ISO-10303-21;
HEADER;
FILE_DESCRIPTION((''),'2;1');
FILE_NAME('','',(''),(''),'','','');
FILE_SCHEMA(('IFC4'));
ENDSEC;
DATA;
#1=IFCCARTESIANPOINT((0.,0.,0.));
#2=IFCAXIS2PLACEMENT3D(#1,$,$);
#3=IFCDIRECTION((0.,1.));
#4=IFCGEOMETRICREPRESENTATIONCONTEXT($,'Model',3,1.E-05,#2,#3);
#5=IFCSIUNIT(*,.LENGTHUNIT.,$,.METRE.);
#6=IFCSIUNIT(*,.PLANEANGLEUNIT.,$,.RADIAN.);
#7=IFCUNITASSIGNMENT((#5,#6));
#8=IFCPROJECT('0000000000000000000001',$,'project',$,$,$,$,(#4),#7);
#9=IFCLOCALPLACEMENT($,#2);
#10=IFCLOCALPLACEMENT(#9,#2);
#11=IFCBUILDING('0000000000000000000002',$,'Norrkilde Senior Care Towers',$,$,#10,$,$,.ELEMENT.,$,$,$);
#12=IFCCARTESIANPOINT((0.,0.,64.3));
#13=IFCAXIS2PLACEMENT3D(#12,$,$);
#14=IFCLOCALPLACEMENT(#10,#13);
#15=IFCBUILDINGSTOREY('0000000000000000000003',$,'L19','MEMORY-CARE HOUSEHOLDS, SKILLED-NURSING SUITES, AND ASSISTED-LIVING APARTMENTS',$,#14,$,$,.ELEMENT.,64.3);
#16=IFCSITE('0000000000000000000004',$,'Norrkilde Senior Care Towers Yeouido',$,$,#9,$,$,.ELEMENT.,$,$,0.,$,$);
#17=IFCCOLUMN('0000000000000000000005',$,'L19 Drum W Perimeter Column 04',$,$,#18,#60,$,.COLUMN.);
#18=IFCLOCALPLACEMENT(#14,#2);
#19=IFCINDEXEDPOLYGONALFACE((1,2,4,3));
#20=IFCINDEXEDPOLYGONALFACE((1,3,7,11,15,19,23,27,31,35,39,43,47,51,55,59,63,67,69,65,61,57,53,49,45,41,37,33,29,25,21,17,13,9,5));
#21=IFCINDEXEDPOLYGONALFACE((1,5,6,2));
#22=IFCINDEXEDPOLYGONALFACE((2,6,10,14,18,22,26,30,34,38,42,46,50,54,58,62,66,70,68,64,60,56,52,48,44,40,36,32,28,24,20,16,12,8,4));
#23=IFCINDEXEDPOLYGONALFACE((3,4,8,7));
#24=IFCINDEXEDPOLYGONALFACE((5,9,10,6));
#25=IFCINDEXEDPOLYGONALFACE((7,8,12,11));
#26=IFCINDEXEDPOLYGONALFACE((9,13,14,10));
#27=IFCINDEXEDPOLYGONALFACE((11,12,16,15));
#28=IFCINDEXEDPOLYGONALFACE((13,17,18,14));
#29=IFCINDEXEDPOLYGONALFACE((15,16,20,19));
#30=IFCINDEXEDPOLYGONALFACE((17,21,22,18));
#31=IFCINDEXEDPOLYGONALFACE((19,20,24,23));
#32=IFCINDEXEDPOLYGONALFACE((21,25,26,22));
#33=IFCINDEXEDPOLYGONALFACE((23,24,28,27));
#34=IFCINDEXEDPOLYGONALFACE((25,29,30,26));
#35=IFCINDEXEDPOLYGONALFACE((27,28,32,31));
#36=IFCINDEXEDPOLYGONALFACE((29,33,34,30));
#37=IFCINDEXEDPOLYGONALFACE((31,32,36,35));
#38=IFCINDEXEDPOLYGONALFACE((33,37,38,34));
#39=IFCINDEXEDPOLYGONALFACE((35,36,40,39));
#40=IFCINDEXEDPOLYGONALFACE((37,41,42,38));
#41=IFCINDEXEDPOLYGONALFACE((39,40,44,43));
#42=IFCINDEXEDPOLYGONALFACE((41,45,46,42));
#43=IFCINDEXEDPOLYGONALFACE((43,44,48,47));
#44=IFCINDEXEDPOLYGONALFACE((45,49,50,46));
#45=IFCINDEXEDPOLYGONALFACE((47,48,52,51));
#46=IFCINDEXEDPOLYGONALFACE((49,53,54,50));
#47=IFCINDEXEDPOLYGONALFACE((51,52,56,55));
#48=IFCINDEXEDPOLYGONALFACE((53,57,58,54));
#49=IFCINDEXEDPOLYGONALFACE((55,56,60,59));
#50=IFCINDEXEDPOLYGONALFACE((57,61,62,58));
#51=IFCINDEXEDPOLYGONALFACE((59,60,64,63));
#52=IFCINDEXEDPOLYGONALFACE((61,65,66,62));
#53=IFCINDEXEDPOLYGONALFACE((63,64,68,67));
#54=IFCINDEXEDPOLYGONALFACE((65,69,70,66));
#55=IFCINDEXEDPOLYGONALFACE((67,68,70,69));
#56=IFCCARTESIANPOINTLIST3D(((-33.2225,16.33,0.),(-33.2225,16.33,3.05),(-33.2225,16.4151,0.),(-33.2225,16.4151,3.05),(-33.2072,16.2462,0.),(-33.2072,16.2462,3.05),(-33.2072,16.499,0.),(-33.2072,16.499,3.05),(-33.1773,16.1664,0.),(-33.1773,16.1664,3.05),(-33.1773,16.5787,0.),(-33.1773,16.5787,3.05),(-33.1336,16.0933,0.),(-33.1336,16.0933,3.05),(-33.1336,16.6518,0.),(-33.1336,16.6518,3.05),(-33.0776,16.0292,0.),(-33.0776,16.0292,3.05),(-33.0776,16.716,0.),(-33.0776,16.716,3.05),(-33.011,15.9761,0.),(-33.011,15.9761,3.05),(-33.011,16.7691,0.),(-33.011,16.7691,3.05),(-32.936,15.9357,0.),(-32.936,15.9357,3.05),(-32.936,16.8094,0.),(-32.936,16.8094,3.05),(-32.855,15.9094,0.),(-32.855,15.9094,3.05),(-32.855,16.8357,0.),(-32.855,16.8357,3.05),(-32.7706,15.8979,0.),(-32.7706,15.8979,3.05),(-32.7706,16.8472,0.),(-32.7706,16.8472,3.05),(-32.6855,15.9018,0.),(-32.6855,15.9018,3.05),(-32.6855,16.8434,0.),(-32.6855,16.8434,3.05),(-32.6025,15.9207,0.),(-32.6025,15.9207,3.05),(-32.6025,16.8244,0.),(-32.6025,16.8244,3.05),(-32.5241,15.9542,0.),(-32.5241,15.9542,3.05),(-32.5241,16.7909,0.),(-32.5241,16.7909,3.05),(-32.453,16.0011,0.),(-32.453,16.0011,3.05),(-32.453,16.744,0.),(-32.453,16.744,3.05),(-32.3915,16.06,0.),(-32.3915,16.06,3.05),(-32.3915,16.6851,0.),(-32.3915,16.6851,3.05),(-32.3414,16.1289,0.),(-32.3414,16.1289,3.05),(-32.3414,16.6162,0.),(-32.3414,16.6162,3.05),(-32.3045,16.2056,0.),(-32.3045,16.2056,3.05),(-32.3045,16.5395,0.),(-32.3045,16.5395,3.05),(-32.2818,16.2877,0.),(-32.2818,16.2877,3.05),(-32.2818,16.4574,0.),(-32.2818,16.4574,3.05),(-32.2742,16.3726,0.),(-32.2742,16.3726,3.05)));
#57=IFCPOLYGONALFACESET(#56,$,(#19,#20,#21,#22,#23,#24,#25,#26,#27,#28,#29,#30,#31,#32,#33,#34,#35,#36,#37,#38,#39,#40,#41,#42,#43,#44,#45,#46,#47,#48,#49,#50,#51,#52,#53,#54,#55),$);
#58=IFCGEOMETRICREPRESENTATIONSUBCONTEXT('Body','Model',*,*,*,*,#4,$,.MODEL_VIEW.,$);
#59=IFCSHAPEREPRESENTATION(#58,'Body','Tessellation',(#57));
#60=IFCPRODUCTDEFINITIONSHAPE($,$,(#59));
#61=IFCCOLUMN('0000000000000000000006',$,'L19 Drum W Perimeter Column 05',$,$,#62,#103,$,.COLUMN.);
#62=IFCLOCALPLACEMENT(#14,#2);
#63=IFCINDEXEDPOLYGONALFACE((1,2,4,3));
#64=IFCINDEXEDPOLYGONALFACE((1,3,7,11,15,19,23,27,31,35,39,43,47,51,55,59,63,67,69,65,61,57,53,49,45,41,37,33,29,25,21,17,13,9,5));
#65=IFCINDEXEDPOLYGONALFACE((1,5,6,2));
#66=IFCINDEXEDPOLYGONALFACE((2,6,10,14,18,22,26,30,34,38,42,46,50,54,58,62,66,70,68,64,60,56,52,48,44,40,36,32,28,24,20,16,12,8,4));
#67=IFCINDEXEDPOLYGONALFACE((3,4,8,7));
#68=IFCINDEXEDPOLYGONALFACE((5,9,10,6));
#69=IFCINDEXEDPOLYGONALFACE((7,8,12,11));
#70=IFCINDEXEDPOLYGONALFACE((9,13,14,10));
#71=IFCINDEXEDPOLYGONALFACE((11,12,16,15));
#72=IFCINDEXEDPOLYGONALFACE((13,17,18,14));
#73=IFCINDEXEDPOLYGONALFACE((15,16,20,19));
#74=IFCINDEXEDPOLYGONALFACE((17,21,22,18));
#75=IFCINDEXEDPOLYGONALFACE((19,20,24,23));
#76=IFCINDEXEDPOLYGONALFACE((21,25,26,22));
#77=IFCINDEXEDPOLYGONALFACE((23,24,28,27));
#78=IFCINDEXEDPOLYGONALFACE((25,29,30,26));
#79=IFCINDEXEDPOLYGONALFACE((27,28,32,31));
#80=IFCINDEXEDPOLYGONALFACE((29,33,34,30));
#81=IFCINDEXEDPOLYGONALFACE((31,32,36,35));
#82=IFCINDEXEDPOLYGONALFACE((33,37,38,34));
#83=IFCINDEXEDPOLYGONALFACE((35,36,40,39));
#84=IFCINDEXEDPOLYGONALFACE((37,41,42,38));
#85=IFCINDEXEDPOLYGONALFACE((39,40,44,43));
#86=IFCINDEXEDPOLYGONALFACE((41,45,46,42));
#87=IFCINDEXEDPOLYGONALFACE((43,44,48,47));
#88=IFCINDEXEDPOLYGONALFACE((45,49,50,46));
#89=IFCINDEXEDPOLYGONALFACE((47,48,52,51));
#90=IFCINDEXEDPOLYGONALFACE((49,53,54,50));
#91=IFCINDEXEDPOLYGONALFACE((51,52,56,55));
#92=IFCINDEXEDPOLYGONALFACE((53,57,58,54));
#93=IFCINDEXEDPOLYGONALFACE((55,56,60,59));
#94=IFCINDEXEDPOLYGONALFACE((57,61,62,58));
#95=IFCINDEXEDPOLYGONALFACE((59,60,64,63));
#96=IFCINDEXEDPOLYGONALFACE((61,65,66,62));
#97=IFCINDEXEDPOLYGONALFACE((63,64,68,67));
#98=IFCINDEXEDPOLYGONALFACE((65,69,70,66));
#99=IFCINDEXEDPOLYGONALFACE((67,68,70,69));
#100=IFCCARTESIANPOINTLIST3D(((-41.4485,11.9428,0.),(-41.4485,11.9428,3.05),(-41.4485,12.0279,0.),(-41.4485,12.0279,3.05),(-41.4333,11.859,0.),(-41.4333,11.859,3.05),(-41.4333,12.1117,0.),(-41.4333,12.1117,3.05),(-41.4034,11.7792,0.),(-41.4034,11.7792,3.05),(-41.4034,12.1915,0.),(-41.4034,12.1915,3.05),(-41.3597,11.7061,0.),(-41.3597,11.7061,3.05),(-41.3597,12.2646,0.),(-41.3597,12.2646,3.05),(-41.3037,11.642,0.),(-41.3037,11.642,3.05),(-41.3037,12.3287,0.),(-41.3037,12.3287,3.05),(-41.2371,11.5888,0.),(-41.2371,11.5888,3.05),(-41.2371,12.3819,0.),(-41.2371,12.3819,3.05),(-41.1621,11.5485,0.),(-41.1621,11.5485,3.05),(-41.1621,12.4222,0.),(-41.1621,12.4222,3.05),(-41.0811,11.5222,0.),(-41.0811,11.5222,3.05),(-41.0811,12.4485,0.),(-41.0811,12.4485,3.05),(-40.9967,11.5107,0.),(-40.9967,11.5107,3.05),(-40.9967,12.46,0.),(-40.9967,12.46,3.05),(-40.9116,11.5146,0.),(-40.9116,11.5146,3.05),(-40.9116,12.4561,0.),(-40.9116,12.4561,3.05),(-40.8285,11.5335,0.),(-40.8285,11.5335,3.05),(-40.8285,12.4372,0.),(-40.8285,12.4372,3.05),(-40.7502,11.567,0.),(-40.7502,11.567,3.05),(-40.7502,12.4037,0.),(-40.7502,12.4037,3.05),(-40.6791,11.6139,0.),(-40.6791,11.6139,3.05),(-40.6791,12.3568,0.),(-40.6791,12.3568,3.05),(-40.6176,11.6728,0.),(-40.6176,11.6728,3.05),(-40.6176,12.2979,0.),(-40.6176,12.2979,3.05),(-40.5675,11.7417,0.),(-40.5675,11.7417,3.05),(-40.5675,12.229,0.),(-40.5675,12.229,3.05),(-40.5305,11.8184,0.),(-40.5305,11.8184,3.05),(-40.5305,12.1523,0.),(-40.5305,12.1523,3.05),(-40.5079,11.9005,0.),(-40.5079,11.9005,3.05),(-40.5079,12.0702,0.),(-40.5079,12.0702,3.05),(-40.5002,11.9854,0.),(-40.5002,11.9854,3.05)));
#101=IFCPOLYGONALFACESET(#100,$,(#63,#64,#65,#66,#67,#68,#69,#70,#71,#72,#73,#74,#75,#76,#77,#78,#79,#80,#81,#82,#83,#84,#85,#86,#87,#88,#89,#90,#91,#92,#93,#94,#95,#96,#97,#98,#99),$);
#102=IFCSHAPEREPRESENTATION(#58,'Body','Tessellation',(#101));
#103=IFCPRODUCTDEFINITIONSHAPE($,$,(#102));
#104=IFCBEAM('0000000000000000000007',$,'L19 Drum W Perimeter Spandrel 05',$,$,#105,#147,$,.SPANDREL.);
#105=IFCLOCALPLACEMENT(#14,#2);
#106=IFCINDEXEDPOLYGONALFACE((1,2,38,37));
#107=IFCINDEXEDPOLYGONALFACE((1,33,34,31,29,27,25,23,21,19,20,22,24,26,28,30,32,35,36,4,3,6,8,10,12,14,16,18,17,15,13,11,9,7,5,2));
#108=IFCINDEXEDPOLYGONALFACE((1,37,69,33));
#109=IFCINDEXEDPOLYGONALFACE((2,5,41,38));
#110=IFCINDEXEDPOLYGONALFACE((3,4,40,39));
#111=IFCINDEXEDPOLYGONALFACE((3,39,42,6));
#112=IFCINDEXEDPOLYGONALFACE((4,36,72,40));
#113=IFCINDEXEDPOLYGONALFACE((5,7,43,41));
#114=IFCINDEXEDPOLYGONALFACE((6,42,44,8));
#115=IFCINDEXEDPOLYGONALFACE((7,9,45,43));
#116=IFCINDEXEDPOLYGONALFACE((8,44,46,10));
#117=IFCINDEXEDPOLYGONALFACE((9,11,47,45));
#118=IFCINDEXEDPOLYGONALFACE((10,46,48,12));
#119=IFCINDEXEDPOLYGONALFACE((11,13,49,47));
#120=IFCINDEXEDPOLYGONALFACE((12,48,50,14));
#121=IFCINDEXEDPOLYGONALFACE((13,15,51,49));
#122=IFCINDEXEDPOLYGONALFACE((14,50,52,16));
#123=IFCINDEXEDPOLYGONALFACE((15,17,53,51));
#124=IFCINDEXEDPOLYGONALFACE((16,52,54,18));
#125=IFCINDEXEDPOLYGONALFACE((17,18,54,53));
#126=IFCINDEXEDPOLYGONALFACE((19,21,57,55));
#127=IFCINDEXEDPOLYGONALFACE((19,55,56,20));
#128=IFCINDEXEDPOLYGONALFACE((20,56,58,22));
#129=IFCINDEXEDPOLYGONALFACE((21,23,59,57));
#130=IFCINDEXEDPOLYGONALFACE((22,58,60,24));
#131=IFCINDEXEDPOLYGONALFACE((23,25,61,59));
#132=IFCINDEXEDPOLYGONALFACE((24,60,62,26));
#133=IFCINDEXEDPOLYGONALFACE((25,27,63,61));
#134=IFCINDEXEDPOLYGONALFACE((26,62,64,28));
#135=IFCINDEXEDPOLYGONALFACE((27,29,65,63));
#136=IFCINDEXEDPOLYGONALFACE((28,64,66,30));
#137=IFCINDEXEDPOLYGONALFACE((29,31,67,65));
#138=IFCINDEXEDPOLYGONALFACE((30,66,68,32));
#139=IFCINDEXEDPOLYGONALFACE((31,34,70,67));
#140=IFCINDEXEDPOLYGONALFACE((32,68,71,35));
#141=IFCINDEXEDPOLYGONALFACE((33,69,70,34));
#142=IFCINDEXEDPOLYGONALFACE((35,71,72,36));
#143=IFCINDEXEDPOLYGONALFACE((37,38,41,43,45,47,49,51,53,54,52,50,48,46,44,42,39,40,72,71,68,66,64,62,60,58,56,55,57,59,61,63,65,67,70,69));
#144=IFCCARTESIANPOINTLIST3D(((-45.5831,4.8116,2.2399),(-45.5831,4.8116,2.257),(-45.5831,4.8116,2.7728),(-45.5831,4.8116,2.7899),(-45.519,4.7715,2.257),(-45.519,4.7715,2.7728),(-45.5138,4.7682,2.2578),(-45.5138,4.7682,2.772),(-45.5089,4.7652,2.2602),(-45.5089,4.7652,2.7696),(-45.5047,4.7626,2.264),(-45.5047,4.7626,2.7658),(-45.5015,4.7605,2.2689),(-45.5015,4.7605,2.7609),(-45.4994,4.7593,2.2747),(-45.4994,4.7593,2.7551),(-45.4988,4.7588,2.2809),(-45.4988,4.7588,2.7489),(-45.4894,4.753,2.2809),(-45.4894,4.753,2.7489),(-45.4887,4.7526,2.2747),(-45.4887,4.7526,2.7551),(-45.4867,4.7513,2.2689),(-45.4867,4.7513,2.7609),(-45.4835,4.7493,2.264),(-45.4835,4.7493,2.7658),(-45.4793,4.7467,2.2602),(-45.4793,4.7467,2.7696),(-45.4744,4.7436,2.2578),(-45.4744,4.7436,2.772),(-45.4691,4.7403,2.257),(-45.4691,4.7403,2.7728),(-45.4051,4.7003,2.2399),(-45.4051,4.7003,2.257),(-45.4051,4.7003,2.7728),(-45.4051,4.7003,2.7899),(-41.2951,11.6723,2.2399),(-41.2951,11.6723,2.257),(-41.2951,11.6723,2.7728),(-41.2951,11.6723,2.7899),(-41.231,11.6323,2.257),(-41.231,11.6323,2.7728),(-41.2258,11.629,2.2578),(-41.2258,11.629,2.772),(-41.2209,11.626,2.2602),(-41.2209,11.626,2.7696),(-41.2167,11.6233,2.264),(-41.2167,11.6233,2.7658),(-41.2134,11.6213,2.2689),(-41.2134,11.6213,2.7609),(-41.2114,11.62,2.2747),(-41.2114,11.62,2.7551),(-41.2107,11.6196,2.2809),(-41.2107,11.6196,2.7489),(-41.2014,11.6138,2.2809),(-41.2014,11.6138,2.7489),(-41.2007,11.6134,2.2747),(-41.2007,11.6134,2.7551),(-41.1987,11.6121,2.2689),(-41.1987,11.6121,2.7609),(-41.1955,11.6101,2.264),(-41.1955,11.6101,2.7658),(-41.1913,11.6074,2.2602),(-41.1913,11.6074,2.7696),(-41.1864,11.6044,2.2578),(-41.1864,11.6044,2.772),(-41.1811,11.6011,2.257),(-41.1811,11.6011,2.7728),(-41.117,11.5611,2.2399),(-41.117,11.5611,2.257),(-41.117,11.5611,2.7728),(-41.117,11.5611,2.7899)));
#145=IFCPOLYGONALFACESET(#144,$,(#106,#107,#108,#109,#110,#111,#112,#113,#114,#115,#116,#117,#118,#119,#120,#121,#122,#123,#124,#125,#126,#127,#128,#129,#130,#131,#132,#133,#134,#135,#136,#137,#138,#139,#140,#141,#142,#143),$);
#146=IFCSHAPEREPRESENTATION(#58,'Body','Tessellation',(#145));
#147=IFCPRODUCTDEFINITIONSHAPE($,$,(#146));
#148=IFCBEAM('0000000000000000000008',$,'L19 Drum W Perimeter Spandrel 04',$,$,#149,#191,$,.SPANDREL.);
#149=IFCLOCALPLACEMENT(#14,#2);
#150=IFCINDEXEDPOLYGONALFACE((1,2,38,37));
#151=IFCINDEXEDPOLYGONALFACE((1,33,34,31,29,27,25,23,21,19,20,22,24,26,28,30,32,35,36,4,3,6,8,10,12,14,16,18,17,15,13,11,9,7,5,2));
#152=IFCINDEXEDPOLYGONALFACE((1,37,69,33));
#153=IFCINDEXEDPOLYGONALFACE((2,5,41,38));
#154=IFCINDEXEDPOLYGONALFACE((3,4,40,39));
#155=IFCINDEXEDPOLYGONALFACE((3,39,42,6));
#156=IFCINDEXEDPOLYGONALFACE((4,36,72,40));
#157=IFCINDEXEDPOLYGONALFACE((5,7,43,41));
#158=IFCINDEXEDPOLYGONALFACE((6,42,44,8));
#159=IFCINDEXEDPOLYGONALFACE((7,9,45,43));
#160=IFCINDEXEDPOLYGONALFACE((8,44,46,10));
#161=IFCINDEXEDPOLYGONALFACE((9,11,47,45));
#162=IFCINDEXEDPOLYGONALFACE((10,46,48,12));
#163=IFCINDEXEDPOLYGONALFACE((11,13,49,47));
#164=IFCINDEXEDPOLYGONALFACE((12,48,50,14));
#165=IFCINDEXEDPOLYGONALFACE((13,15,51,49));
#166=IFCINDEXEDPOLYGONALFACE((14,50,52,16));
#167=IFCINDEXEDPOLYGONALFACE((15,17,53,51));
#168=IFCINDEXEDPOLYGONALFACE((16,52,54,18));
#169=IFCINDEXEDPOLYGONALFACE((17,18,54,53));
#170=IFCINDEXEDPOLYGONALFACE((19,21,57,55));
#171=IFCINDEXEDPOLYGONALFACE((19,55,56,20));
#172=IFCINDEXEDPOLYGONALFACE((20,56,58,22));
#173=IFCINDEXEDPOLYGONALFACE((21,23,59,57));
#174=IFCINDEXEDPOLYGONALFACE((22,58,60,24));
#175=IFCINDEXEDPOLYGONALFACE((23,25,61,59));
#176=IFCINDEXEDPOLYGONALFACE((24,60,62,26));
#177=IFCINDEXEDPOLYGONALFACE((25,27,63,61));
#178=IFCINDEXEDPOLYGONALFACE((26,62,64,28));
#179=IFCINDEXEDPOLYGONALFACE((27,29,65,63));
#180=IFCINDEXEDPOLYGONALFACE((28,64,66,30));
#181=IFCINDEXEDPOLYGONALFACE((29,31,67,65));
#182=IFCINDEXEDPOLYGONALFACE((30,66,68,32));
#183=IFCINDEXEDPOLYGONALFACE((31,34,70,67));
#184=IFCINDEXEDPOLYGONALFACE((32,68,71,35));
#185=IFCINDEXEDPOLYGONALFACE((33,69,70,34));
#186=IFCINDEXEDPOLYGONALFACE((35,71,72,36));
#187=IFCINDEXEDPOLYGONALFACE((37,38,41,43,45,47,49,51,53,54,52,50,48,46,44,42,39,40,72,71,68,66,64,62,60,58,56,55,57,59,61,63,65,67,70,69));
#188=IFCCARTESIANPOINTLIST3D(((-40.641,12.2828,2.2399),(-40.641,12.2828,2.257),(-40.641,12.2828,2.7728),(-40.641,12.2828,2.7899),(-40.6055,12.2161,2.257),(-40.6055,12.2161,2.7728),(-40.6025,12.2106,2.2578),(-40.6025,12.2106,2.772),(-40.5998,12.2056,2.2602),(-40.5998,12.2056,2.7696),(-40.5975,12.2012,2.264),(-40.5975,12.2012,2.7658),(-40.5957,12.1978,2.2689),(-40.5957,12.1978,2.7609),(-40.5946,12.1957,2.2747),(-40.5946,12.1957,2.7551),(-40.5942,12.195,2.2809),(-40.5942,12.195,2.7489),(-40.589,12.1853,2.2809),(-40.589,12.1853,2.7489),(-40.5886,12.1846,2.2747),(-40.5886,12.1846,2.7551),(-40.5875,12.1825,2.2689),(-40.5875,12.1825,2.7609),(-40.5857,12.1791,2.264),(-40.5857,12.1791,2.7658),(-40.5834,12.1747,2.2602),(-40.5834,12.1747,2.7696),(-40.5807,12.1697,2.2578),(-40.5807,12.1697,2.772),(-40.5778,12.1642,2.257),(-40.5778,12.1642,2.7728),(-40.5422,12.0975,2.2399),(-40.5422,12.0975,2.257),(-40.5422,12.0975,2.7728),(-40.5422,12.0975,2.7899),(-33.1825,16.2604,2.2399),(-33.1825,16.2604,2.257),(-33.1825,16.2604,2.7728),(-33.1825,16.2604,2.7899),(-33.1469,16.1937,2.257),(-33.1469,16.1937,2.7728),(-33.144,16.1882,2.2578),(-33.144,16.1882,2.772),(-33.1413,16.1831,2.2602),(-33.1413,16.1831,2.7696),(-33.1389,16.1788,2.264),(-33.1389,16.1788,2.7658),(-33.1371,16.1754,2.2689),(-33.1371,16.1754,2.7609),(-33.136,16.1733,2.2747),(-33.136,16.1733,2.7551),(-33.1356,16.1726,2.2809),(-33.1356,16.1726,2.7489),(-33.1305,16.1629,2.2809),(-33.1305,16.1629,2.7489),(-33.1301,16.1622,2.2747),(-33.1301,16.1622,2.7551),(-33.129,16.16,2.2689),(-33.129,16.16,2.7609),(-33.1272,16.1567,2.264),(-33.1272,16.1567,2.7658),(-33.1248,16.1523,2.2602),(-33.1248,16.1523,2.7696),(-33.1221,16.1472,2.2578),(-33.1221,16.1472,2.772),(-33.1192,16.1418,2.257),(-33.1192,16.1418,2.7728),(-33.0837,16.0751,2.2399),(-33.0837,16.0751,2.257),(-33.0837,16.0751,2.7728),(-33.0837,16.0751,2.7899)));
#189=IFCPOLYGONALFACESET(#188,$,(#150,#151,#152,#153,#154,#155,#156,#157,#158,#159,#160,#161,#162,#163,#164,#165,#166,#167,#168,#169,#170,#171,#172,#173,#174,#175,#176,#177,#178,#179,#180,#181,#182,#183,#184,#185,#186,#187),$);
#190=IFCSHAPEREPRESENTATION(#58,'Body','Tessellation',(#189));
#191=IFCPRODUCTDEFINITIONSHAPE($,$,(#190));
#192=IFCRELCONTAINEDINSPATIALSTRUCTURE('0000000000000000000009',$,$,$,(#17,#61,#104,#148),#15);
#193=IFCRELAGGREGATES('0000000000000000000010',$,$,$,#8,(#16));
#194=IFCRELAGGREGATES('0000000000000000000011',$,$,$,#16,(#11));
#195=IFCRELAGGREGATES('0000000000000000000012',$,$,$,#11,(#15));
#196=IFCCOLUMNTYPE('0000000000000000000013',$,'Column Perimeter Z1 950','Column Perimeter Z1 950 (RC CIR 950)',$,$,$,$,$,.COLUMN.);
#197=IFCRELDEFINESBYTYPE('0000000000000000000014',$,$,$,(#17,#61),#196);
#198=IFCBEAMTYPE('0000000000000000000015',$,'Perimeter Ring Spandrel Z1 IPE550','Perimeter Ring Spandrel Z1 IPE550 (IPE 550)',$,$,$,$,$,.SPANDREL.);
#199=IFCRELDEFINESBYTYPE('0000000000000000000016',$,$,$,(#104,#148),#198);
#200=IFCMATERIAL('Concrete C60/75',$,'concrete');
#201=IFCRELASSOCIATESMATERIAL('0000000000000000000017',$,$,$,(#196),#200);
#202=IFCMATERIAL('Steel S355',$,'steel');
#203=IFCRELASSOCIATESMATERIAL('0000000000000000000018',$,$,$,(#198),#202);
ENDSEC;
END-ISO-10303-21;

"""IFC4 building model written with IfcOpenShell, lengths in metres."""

from ifc_helpers import new_model, si_unit, direction, frame, origin, origin_2d, place, context, subcontext, project, spatial, circle, i_section, extrude, source, transform, mapped, material, material_profile, profile_set, type_object, type_shapes, element, save


model = new_model("IFC4")

# Units and contexts
model_context = context("Model", 3, precision=1e-05, world=origin(), true_north=direction((0.0, 1.0)))
body_context = subcontext(model_context, "Body", "Model", "MODEL_VIEW")
ifc_project = project(units=[si_unit("LENGTHUNIT", "METRE"), si_unit("PLANEANGLEUNIT", "RADIAN")], contexts=[model_context])

# Site, building, storey
site_placement = place(None, origin())
site = spatial("IfcSite", under=ifc_project, at=site_placement, Name="Norrkilde Senior Care Towers Yeouido", CompositionType="ELEMENT", RefElevation=0.0)
building_placement = place(site_placement, origin())
building = spatial("IfcBuilding", under=site, at=building_placement, Name="Norrkilde Senior Care Towers", CompositionType="ELEMENT")
storey_placement = place(building_placement, frame((0.0, 0.0, 64.3)))
storey = spatial("IfcBuildingStorey", under=building, at=storey_placement, Name="L19", Description="MEMORY-CARE HOUSEHOLDS, SKILLED-NURSING SUITES, AND ASSISTED-LIVING APARTMENTS", CompositionType="ELEMENT", Elevation=64.3)

# Columns
ifc_material_1 = material(Name="Concrete C60/75", Category="concrete")
ifc_material_profile_1 = material_profile(ifc_material_1, circle(Radius=0.4751, at=origin_2d()), Name="RC CIR 950")
ifc_profile_set_1 = profile_set([ifc_material_profile_1], Name="Concrete C60/75")
column_type = type_object("IfcColumnType", Name="Column Perimeter Z1 950", Description="Column Perimeter Z1 950 (RC CIR 950)", PredefinedType="COLUMN", material=ifc_profile_set_1)
shared_shape_1 = source(origin(), body_context, "Body", "SweptSolid", [
    extrude(circle(Radius=0.4751, at=origin_2d()), origin(), (0.0, 0.0, 1.0), 3.05),
])
type_shapes(column_type, [shared_shape_1])
for number, where, z_axis, x_axis, name in (
    (1, (-32.7493, 16.3726, 0.0), (0.0, 0.0, 1.0), (1.0, 0.0, 0.0), "L19 Drum W Perimeter Column 04"),
    (2, (-40.9753, 11.9854, 0.0), (0.0, 0.0, 1.0), (1.0, 0.0, 0.0), "L19 Drum W Perimeter Column 05"),
):
    element("IfcColumn", number, at=place(storey_placement, frame(where, z_axis=z_axis, x_axis=x_axis)), inside=storey, type_object=column_type, Name=name, PredefinedType="COLUMN", context=body_context, shape_type="MappedRepresentation", body=[
        mapped(shared_shape_1, transform((0.0, 0.0, 0.0), x_axis=(1.0, 0.0, 0.0), y_axis=(0.0, 1.0, 0.0), z_axis=(0.0, 0.0, 1.0), scale=1.0)),
    ])

# Beams
ifc_material_2 = material(Name="Steel S355", Category="steel")
ifc_material_profile_2 = material_profile(ifc_material_2, i_section(OverallWidth=0.21, OverallDepth=0.55, WebThickness=0.011, FlangeThickness=0.0171, FilletRadius=0.0239, at=origin_2d()), Name="IPE 550")
ifc_profile_set_2 = profile_set([ifc_material_profile_2], Name="Steel S355")
beam_type_1 = type_object("IfcBeamType", Name="Perimeter Ring Spandrel Z1 IPE550", Description="Perimeter Ring Spandrel Z1 IPE550 (IPE 550)", PredefinedType="SPANDREL", material=ifc_profile_set_2)
shared_shape_2 = source(origin(), body_context, "Body", "SweptSolid", [
    extrude(i_section(OverallWidth=0.21, OverallDepth=0.55, WebThickness=0.011, FlangeThickness=0.0171, FilletRadius=0.0239, at=origin_2d()), origin(), (0.0, 0.0, 1.0), 8.0906),
])
beam_1_placement = place(storey_placement, frame((-41.2061, 11.6167, 2.5149), z_axis=(-0.530004, -0.847995, 0.0), x_axis=(0.847995, -0.530004, 0.0)))
element("IfcBeam", 3, at=beam_1_placement, inside=storey, type_object=beam_type_1, Name="L19 Drum W Perimeter Spandrel 05", PredefinedType="SPANDREL", context=body_context, shape_type="MappedRepresentation", body=[
    mapped(shared_shape_2, transform((0.0, 0.0, 0.0), x_axis=(1.0, 0.0, 0.0), y_axis=(0.0, 1.0, 0.0), z_axis=(0.0, 0.0, 1.0), scale=1.0)),
])
shared_shape_3 = source(origin(), body_context, "Body", "SweptSolid", [
    extrude(i_section(OverallWidth=0.21, OverallDepth=0.55, WebThickness=0.011, FlangeThickness=0.0171, FilletRadius=0.0239, at=origin_2d()), origin(), (0.0, 0.0, 1.0), 8.4529),
])
type_shapes(beam_type_1, [shared_shape_2, shared_shape_3])
beam_2_placement = place(storey_placement, frame((-33.1331, 16.1677, 2.5149), z_axis=(-0.882369, -0.470558, 0.0), x_axis=(0.470558, -0.882369, 0.0)))
element("IfcBeam", 4, at=beam_2_placement, inside=storey, type_object=beam_type_1, Name="L19 Drum W Perimeter Spandrel 04", PredefinedType="SPANDREL", context=body_context, shape_type="MappedRepresentation", body=[
    mapped(shared_shape_3, transform((0.0, 0.0, 0.0), x_axis=(1.0, 0.0, 0.0), y_axis=(0.0, 1.0, 0.0), z_axis=(0.0, 0.0, 1.0), scale=1.0)),
])

save(model, "model.ifc")
